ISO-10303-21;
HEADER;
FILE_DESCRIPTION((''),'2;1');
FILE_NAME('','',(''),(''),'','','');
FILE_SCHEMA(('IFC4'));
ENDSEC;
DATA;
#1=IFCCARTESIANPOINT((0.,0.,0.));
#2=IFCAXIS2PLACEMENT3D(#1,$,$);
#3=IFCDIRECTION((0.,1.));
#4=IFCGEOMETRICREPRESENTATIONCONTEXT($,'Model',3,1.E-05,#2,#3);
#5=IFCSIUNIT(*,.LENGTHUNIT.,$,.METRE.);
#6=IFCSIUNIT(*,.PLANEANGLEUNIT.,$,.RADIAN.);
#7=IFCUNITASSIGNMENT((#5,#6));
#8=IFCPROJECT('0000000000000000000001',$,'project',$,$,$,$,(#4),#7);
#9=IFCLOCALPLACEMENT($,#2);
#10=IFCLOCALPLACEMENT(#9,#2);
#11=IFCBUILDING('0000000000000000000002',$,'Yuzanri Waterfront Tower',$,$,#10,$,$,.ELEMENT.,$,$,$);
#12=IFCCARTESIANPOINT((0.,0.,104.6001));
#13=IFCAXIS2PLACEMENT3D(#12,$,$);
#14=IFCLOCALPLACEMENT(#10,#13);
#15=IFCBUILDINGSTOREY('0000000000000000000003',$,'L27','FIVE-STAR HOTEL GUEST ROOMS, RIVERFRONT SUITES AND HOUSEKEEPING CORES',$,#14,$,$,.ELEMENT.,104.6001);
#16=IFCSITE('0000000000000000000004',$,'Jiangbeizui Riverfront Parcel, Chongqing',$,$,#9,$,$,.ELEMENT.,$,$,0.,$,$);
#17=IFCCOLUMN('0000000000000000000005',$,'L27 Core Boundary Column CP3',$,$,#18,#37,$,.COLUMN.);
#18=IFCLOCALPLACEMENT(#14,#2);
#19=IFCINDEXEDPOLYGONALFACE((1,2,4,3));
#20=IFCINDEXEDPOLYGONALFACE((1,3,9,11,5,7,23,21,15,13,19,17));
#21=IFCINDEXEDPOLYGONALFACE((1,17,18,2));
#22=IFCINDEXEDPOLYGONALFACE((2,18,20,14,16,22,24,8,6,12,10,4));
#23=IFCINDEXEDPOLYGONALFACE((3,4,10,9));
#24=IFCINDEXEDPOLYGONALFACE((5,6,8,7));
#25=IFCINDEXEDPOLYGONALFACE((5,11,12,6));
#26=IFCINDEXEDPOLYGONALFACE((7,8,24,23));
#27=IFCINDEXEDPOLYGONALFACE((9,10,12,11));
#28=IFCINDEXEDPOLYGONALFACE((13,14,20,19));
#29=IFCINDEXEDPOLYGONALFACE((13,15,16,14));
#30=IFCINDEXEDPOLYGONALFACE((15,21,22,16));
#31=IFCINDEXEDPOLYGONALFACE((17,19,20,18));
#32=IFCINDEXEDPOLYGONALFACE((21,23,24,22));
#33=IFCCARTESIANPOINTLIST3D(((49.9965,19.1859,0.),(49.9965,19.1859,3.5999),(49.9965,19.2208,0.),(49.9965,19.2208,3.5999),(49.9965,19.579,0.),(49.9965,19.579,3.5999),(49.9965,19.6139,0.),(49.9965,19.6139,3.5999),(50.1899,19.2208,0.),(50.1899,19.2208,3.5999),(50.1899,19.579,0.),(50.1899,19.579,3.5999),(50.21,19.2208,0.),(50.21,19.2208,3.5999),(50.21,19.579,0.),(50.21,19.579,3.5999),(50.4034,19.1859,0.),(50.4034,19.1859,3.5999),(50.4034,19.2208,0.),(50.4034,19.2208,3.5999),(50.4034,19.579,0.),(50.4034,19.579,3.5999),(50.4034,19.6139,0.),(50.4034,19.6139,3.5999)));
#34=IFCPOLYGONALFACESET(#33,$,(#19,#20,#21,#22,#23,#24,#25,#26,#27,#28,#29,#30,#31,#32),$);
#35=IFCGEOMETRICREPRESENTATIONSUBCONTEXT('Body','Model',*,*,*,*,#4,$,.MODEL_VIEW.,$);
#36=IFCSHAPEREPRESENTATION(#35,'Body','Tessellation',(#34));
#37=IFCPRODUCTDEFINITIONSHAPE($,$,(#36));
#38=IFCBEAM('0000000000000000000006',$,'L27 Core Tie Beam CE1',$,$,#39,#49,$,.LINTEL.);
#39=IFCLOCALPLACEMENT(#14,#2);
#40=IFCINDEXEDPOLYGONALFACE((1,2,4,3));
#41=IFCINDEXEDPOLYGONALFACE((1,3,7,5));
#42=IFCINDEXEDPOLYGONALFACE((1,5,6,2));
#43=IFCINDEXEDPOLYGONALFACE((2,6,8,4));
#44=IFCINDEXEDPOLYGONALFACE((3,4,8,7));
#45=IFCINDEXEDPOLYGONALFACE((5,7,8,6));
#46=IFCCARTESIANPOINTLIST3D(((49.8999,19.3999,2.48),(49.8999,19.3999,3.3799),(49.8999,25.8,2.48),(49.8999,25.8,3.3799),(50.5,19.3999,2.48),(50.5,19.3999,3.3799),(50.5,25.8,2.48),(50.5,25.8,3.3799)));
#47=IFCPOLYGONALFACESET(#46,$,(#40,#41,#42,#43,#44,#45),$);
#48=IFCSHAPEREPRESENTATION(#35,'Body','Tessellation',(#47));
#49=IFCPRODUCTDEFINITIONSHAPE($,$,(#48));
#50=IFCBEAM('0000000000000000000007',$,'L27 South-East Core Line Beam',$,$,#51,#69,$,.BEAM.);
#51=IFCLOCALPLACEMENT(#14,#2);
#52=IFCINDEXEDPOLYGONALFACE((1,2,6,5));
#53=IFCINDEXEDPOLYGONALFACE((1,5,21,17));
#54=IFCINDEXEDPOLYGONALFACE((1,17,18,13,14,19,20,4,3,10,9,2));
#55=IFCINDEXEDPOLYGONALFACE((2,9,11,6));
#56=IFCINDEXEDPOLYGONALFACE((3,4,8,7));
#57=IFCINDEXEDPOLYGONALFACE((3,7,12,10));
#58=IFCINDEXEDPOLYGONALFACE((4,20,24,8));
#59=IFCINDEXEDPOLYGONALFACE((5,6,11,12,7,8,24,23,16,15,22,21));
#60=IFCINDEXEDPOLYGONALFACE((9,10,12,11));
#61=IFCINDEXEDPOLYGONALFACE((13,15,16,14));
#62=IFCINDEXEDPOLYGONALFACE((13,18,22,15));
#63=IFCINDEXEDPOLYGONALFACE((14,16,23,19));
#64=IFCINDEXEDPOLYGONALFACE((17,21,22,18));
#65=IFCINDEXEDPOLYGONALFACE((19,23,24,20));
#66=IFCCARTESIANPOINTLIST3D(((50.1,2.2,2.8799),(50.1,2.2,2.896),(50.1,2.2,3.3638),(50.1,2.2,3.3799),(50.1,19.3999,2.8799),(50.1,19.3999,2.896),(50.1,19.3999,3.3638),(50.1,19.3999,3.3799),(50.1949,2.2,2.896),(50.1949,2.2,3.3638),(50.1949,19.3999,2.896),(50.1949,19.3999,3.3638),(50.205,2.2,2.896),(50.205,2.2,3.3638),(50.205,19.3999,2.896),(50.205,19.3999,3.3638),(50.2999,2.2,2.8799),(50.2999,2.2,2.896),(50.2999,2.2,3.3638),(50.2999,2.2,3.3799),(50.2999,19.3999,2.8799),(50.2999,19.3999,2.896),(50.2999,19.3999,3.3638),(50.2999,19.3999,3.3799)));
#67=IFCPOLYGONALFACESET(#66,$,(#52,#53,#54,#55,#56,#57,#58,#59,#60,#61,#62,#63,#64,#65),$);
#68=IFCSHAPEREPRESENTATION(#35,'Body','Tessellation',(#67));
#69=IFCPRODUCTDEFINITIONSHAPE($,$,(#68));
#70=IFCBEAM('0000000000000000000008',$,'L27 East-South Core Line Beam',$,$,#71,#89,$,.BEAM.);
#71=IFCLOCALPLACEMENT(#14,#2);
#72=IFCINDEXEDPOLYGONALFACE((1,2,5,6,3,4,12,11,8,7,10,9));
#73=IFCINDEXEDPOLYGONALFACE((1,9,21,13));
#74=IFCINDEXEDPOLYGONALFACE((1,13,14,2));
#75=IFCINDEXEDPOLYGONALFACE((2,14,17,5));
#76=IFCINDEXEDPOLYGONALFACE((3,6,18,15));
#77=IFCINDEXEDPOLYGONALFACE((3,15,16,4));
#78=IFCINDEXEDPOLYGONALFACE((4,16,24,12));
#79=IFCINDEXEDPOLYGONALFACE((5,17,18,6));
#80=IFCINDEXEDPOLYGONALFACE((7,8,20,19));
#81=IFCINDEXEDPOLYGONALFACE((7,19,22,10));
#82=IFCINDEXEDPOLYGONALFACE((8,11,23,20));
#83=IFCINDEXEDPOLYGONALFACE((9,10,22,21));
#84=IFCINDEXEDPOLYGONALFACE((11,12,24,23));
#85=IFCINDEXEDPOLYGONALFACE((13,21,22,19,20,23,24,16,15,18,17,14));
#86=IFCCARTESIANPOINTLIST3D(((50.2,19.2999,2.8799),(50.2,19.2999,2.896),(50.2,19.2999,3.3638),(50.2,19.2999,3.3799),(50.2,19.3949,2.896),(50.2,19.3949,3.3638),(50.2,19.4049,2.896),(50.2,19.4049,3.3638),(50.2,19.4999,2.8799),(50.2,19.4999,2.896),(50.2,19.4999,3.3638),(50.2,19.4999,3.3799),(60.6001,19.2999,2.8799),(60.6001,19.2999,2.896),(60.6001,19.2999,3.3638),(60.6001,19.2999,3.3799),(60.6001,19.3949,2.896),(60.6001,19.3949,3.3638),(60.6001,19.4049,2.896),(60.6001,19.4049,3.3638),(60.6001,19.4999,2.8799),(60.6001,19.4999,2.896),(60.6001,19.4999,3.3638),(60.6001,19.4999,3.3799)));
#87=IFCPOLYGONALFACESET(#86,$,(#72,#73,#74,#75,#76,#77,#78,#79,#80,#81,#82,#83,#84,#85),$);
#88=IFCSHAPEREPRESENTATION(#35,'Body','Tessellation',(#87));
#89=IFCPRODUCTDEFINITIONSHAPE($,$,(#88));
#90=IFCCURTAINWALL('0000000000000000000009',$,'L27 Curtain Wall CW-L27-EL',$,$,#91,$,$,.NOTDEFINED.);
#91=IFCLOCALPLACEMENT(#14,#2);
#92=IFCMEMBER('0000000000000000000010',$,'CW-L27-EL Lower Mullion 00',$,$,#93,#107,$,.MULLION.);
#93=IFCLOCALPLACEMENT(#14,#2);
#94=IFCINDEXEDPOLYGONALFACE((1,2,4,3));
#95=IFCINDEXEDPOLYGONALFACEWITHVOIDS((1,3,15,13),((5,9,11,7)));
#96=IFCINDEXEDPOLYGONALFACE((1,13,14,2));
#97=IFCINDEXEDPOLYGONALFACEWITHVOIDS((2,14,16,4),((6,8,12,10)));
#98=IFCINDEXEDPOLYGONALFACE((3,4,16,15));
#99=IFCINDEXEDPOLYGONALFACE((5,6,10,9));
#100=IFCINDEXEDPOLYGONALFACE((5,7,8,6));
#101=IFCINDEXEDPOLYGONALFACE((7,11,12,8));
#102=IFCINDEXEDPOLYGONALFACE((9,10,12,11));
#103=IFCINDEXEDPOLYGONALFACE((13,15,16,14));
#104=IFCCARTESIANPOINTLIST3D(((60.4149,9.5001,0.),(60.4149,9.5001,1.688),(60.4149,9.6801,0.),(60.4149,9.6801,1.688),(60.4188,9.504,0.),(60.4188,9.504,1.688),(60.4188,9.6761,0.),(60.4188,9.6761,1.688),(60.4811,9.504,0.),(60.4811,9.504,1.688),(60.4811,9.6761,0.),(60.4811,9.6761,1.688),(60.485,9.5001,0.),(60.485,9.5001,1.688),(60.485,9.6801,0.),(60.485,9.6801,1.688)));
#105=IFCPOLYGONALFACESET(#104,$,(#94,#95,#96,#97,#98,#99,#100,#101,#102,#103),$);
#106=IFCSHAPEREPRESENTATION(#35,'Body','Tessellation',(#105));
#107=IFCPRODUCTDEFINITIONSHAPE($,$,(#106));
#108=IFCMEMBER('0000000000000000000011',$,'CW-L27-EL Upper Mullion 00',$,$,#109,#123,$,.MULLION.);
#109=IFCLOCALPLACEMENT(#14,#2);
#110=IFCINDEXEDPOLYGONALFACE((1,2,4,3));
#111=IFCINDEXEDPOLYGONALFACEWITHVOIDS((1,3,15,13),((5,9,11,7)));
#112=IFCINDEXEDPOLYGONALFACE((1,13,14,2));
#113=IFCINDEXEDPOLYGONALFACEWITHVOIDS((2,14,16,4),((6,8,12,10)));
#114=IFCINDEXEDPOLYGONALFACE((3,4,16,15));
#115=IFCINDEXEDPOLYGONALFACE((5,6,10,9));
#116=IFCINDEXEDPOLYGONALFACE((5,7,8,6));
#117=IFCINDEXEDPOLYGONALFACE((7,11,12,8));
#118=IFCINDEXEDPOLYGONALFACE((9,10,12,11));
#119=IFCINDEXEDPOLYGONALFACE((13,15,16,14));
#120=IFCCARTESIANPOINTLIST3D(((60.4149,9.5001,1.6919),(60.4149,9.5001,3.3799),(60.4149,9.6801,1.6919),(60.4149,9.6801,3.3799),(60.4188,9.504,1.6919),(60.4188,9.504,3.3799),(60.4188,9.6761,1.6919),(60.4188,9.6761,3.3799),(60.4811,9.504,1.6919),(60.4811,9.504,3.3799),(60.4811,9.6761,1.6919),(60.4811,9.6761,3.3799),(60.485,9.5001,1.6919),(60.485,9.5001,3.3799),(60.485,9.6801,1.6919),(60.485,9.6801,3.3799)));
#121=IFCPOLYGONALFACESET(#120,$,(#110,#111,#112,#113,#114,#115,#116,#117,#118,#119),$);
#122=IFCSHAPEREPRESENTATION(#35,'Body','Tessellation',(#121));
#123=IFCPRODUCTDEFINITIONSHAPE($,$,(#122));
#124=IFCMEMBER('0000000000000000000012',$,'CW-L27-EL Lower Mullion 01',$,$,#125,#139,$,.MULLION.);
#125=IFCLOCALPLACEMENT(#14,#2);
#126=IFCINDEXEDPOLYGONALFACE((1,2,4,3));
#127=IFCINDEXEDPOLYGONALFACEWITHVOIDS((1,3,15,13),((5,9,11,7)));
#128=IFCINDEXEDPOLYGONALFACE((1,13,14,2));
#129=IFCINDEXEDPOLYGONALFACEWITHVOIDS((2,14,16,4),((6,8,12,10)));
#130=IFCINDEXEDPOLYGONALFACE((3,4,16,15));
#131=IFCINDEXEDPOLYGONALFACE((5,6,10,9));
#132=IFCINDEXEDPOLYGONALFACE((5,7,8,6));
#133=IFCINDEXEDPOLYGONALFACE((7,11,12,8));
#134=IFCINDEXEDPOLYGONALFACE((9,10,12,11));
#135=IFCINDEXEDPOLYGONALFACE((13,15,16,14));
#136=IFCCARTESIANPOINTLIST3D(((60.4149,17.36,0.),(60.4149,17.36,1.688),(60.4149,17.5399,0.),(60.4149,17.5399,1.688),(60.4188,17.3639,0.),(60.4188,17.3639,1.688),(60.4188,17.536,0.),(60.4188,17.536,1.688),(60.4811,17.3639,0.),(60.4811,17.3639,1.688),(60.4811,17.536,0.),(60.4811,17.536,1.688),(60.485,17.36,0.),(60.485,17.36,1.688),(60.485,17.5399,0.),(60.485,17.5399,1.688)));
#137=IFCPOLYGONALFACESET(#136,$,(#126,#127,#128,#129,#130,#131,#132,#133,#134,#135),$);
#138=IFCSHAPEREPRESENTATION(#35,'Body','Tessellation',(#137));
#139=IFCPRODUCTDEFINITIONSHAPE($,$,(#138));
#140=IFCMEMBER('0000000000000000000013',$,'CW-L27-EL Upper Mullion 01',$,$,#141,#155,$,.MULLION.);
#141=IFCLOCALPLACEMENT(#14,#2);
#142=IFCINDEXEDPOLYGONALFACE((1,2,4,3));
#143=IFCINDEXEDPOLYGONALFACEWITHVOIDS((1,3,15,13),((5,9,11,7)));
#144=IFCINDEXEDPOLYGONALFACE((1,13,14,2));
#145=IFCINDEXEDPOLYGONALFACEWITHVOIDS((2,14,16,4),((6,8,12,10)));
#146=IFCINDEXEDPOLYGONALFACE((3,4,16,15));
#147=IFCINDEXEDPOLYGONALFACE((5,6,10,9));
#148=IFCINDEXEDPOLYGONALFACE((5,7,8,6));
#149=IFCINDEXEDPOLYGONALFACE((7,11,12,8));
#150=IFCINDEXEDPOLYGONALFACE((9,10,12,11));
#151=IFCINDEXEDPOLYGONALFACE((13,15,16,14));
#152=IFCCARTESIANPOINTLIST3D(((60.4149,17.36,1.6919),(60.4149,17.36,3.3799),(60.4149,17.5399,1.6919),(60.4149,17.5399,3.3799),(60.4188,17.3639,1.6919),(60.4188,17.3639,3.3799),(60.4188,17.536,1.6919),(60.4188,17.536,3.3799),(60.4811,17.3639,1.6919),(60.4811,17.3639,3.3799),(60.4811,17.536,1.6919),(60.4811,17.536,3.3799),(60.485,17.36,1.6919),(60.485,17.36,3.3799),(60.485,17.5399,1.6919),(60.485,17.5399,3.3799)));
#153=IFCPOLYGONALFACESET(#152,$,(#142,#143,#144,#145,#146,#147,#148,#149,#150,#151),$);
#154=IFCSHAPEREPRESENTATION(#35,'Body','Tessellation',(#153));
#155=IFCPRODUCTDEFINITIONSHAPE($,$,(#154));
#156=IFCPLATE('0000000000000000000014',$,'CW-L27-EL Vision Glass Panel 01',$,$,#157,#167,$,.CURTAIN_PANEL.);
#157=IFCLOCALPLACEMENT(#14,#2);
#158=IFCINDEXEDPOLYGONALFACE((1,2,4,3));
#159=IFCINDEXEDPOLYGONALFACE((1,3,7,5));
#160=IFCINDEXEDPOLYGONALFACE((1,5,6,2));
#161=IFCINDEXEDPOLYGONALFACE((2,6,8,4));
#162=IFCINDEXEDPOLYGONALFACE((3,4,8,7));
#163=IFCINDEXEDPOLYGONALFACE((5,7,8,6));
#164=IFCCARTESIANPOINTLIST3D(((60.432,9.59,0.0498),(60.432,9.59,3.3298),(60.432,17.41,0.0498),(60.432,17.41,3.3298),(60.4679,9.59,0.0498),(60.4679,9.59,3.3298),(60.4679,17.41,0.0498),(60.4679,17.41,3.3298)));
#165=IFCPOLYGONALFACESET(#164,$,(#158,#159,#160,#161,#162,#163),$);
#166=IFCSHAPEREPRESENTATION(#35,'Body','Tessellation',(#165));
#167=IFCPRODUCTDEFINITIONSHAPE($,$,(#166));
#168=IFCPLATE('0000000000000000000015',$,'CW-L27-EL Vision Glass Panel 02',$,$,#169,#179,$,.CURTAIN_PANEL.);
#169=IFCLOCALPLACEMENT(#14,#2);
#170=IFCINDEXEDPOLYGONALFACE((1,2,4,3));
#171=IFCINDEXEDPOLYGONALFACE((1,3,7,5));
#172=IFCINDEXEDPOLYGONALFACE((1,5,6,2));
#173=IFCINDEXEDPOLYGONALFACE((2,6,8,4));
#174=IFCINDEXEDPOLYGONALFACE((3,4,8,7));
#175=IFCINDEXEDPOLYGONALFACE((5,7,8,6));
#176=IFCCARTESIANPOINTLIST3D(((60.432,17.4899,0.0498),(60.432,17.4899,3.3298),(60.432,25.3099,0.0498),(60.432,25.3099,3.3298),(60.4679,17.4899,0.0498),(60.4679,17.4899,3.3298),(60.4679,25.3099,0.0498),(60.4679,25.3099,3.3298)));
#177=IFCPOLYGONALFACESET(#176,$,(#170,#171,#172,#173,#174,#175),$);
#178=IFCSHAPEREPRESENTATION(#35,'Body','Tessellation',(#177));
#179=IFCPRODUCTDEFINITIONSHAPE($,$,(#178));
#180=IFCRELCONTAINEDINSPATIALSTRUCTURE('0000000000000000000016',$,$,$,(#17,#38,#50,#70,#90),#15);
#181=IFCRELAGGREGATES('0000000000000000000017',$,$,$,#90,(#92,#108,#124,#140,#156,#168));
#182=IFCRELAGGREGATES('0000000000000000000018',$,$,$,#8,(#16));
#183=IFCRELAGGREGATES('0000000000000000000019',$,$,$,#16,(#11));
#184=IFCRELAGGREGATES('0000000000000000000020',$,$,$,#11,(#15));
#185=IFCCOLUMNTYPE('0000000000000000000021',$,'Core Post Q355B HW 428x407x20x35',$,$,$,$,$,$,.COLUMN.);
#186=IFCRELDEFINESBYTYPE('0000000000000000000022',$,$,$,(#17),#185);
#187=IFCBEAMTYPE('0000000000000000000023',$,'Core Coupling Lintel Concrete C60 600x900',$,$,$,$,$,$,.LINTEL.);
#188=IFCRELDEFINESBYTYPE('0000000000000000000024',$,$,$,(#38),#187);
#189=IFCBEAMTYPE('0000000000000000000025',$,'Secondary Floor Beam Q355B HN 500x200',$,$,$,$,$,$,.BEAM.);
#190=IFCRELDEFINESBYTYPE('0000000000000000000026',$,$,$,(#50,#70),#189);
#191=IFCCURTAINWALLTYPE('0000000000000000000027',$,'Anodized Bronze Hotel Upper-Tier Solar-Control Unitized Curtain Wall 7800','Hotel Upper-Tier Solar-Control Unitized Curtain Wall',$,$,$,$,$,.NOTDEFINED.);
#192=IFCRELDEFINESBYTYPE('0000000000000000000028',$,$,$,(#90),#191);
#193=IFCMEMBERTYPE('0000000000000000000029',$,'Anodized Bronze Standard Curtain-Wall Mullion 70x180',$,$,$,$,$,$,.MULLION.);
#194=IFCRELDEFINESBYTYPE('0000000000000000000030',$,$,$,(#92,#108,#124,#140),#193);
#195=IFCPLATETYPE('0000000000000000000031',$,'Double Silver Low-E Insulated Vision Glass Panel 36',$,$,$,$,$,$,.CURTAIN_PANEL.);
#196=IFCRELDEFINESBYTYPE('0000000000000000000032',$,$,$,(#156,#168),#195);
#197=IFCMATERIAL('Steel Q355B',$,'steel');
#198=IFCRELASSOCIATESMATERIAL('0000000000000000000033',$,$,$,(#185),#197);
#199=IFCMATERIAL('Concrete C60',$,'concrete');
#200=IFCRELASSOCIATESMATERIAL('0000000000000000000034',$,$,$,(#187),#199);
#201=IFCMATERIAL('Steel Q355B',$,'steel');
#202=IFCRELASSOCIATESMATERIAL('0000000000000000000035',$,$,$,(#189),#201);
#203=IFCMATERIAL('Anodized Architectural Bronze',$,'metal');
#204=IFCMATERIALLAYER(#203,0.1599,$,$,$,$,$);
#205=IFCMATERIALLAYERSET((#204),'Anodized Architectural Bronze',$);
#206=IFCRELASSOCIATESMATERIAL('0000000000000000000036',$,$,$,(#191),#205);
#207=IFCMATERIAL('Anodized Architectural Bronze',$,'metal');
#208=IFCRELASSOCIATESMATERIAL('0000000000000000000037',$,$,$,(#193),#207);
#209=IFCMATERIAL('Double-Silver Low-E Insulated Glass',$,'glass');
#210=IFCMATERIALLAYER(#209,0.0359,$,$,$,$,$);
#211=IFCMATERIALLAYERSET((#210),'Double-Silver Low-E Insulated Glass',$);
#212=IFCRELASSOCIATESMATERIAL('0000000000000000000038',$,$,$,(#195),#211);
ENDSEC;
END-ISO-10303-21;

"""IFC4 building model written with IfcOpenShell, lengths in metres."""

from ifc_helpers import new_model, si_unit, direction, frame, origin, origin_2d, place, context, subcontext, project, spatial, rectangle, hollow_rectangle, i_section, extrude, source, transform, mapped, material, layer, layer_set, material_profile, profile_set, type_object, element, aggregate, save


model = new_model("IFC4")

# Units and contexts
model_context = context("Model", 3, precision=1e-05, world=origin(), true_north=direction((0.0, 1.0)))
body_context = subcontext(model_context, "Body", "Model", "MODEL_VIEW")
ifc_project = project(units=[si_unit("LENGTHUNIT", "METRE"), si_unit("PLANEANGLEUNIT", "RADIAN")], contexts=[model_context])

# Site, building, storey
site_placement = place(None, origin())
site = spatial("IfcSite", under=ifc_project, at=site_placement, Name="Jiangbeizui Riverfront Parcel, Chongqing", CompositionType="ELEMENT", RefElevation=0.0)
building_placement = place(site_placement, origin())
building = spatial("IfcBuilding", under=site, at=building_placement, Name="Yuzanri Waterfront Tower", CompositionType="ELEMENT")
storey_placement = place(building_placement, frame((0.0, 0.0, 104.6001)))
storey = spatial("IfcBuildingStorey", under=building, at=storey_placement, Name="L27", Description="FIVE-STAR HOTEL GUEST ROOMS, RIVERFRONT SUITES AND HOUSEKEEPING CORES", CompositionType="ELEMENT", Elevation=104.6001)

# Column
ifc_material_1 = material(Name="Steel Q355B", Category="steel")
ifc_material_profile_1 = material_profile(ifc_material_1, i_section(OverallWidth=0.407, OverallDepth=0.428, WebThickness=0.02, FlangeThickness=0.0349, at=origin_2d()), Name="HW 428x407x20x35")
ifc_profile_set_1 = profile_set([ifc_material_profile_1], Name="Steel Q355B")
column_type = type_object("IfcColumnType", Name="Core Post Q355B HW 428x407x20x35", PredefinedType="COLUMN", material=ifc_profile_set_1)
shared_shape_1 = source(origin(), body_context, "Body", "SweptSolid", [
    extrude(i_section(OverallWidth=0.407, OverallDepth=0.428, WebThickness=0.02, FlangeThickness=0.0349, at=origin_2d()), origin(), (0.0, 0.0, 1.0), 3.5999),
])
column_placement = place(storey_placement, frame((50.2, 19.3999, 0.0), z_axis=(0.0, 0.0, 1.0), x_axis=(1.0, 0.0, 0.0)))
element("IfcColumn", 1, at=column_placement, inside=storey, type_object=column_type, Name="L27 Core Boundary Column CP3", PredefinedType="COLUMN", context=body_context, shape_type="MappedRepresentation", body=[
    mapped(shared_shape_1, transform((0.0, 0.0, 0.0), scale=1.0)),
])

# Beams
ifc_material_2 = material(Name="Concrete C60", Category="concrete")
ifc_material_profile_2 = material_profile(ifc_material_2, rectangle(XDim=0.6001, YDim=0.8999, at=origin_2d()), Name="RC 600x900")
ifc_profile_set_2 = profile_set([ifc_material_profile_2], Name="Concrete C60")
beam_type_1 = type_object("IfcBeamType", Name="Core Coupling Lintel Concrete C60 600x900", PredefinedType="LINTEL", material=ifc_profile_set_2)
shared_shape_2 = source(origin(), body_context, "Body", "SweptSolid", [
    extrude(rectangle(XDim=0.6001, YDim=0.8999, at=origin_2d()), origin(), (0.0, 0.0, 1.0), 6.4001),
])
beam_1_placement = place(storey_placement, frame((50.2, 19.3999, 2.9299), z_axis=(0.0, 1.0, 0.0), x_axis=(-1.0, 0.0, 0.0)))
element("IfcBeam", 2, at=beam_1_placement, inside=storey, type_object=beam_type_1, Name="L27 Core Tie Beam CE1", PredefinedType="LINTEL", context=body_context, shape_type="MappedRepresentation", body=[
    mapped(shared_shape_2, transform((0.0, 0.0, 0.0), scale=1.0)),
])
ifc_material_3 = material(Name="Steel Q355B", Category="steel")
ifc_material_profile_3 = material_profile(ifc_material_3, i_section(OverallWidth=0.2, OverallDepth=0.5, WebThickness=0.01, FlangeThickness=0.0161, at=origin_2d()), Name="HN 500x200x10x16")
ifc_profile_set_3 = profile_set([ifc_material_profile_3], Name="Steel Q355B")
beam_type_2 = type_object("IfcBeamType", Name="Secondary Floor Beam Q355B HN 500x200", PredefinedType="BEAM", material=ifc_profile_set_3)
shared_shape_3 = source(origin(), body_context, "Body", "SweptSolid", [
    extrude(i_section(OverallWidth=0.2, OverallDepth=0.5, WebThickness=0.01, FlangeThickness=0.0161, at=origin_2d()), origin(), (0.0, 0.0, 1.0), 17.2),
])
beam_2_placement = place(storey_placement, frame((50.2, 19.3999, 3.1299), z_axis=(0.0, -1.0, 0.0), x_axis=(1.0, 0.0, 0.0)))
element("IfcBeam", 3, at=beam_2_placement, inside=storey, type_object=beam_type_2, Name="L27 South-East Core Line Beam", PredefinedType="BEAM", context=body_context, shape_type="MappedRepresentation", body=[
    mapped(shared_shape_3, transform((0.0, 0.0, 0.0), scale=1.0)),
])
shared_shape_4 = source(origin(), body_context, "Body", "SweptSolid", [
    extrude(i_section(OverallWidth=0.2, OverallDepth=0.5, WebThickness=0.01, FlangeThickness=0.0161, at=origin_2d()), origin(), (0.0, 0.0, 1.0), 10.4001),
])
beam_3_placement = place(storey_placement, frame((50.2, 19.3999, 3.1299), z_axis=(1.0, 0.0, 0.0), x_axis=(0.0, 1.0, 0.0)))
element("IfcBeam", 4, at=beam_3_placement, inside=storey, type_object=beam_type_2, Name="L27 East-South Core Line Beam", PredefinedType="BEAM", context=body_context, shape_type="MappedRepresentation", body=[
    mapped(shared_shape_4, transform((0.0, 0.0, 0.0), scale=1.0)),
])

# Curtain wall, members, plates
ifc_material_4 = material(Name="Anodized Architectural Bronze", Category="metal")
ifc_layer_1 = layer(ifc_material_4, 0.1599)
ifc_layer_set_1 = layer_set([ifc_layer_1], Name="Anodized Architectural Bronze")
curtain_wall_type = type_object("IfcCurtainWallType", Name="Anodized Bronze Hotel Upper-Tier Solar-Control Unitized Curtain Wall 7800", Description="Hotel Upper-Tier Solar-Control Unitized Curtain Wall", PredefinedType="NOTDEFINED", material=ifc_layer_set_1)
curtain_wall_placement = place(storey_placement, origin())
curtain_wall = element("IfcCurtainWall", 5, at=curtain_wall_placement, inside=storey, type_object=curtain_wall_type, Name="L27 Curtain Wall CW-L27-EL", PredefinedType="NOTDEFINED")
ifc_material_5 = material(Name="Anodized Architectural Bronze", Category="metal")
ifc_material_profile_4 = material_profile(ifc_material_5, hollow_rectangle(XDim=0.0701, YDim=0.1799, WallThickness=0.0039, at=origin_2d()), Name="CWM 70x180")
ifc_profile_set_4 = profile_set([ifc_material_profile_4], Name="Anodized Architectural Bronze")
member_type = type_object("IfcMemberType", Name="Anodized Bronze Standard Curtain-Wall Mullion 70x180", PredefinedType="MULLION", material=ifc_profile_set_4)
shared_shape_5 = source(origin(), body_context, "Body", "SweptSolid", [
    extrude(hollow_rectangle(XDim=0.0701, YDim=0.1799, WallThickness=0.0039, at=origin_2d()), origin(), (0.0, 0.0, 1.0), 1.688),
])
member_1_placement = place(storey_placement, frame((60.45, 9.5901, 0.0), z_axis=(0.0, 0.0, 1.0), x_axis=(1.0, 0.0, 0.0)))
member_1 = element("IfcMember", 6, at=member_1_placement, type_object=member_type, Name="CW-L27-EL Lower Mullion 00", PredefinedType="MULLION", context=body_context, shape_type="MappedRepresentation", body=[
    mapped(shared_shape_5, transform((0.0, 0.0, 0.0), scale=1.0)),
])
member_2_placement = place(storey_placement, frame((60.45, 9.5901, 1.6919), z_axis=(0.0, 0.0, 1.0), x_axis=(1.0, 0.0, 0.0)))
member_2 = element("IfcMember", 7, at=member_2_placement, type_object=member_type, Name="CW-L27-EL Upper Mullion 00", PredefinedType="MULLION", context=body_context, shape_type="MappedRepresentation", body=[
    mapped(shared_shape_5, transform((0.0, 0.0, 0.0), scale=1.0)),
])
member_3_placement = place(storey_placement, frame((60.45, 17.45, 0.0), z_axis=(0.0, 0.0, 1.0), x_axis=(1.0, 0.0, 0.0)))
member_3 = element("IfcMember", 8, at=member_3_placement, type_object=member_type, Name="CW-L27-EL Lower Mullion 01", PredefinedType="MULLION", context=body_context, shape_type="MappedRepresentation", body=[
    mapped(shared_shape_5, transform((0.0, 0.0, 0.0), scale=1.0)),
])
member_4_placement = place(storey_placement, frame((60.45, 17.45, 1.6919), z_axis=(0.0, 0.0, 1.0), x_axis=(1.0, 0.0, 0.0)))
member_4 = element("IfcMember", 9, at=member_4_placement, type_object=member_type, Name="CW-L27-EL Upper Mullion 01", PredefinedType="MULLION", context=body_context, shape_type="MappedRepresentation", body=[
    mapped(shared_shape_5, transform((0.0, 0.0, 0.0), scale=1.0)),
])
ifc_material_6 = material(Name="Double-Silver Low-E Insulated Glass", Category="glass")
ifc_layer_2 = layer(ifc_material_6, 0.0359)
ifc_layer_set_2 = layer_set([ifc_layer_2], Name="Double-Silver Low-E Insulated Glass")
plate_type = type_object("IfcPlateType", Name="Double Silver Low-E Insulated Vision Glass Panel 36", PredefinedType="CURTAIN_PANEL", material=ifc_layer_set_2)
shared_shape_6 = source(origin(), body_context, "Body", "SweptSolid", [
    extrude(rectangle(XDim=7.8201, YDim=0.0359, at=origin_2d()), origin(), (0.0, 0.0, 1.0), 3.28),
])
plate_1_placement = place(storey_placement, frame((60.45, 13.5, 0.0498), z_axis=(0.0, 0.0, 1.0), x_axis=(0.0, 1.0, 0.0)))
plate_1 = element("IfcPlate", 10, at=plate_1_placement, type_object=plate_type, Name="CW-L27-EL Vision Glass Panel 01", PredefinedType="CURTAIN_PANEL", context=body_context, shape_type="MappedRepresentation", body=[
    mapped(shared_shape_6, transform((0.0, 0.0, 0.0), scale=1.0)),
])
plate_2_placement = place(storey_placement, frame((60.45, 21.3999, 0.0498), z_axis=(0.0, 0.0, 1.0), x_axis=(0.0, 1.0, 0.0)))
plate_2 = element("IfcPlate", 11, at=plate_2_placement, type_object=plate_type, Name="CW-L27-EL Vision Glass Panel 02", PredefinedType="CURTAIN_PANEL", context=body_context, shape_type="MappedRepresentation", body=[
    mapped(shared_shape_6, transform((0.0, 0.0, 0.0), scale=1.0)),
])
aggregate(curtain_wall, [member_1, member_2, member_3, member_4, plate_1, plate_2])

save(model, "model.ifc")
